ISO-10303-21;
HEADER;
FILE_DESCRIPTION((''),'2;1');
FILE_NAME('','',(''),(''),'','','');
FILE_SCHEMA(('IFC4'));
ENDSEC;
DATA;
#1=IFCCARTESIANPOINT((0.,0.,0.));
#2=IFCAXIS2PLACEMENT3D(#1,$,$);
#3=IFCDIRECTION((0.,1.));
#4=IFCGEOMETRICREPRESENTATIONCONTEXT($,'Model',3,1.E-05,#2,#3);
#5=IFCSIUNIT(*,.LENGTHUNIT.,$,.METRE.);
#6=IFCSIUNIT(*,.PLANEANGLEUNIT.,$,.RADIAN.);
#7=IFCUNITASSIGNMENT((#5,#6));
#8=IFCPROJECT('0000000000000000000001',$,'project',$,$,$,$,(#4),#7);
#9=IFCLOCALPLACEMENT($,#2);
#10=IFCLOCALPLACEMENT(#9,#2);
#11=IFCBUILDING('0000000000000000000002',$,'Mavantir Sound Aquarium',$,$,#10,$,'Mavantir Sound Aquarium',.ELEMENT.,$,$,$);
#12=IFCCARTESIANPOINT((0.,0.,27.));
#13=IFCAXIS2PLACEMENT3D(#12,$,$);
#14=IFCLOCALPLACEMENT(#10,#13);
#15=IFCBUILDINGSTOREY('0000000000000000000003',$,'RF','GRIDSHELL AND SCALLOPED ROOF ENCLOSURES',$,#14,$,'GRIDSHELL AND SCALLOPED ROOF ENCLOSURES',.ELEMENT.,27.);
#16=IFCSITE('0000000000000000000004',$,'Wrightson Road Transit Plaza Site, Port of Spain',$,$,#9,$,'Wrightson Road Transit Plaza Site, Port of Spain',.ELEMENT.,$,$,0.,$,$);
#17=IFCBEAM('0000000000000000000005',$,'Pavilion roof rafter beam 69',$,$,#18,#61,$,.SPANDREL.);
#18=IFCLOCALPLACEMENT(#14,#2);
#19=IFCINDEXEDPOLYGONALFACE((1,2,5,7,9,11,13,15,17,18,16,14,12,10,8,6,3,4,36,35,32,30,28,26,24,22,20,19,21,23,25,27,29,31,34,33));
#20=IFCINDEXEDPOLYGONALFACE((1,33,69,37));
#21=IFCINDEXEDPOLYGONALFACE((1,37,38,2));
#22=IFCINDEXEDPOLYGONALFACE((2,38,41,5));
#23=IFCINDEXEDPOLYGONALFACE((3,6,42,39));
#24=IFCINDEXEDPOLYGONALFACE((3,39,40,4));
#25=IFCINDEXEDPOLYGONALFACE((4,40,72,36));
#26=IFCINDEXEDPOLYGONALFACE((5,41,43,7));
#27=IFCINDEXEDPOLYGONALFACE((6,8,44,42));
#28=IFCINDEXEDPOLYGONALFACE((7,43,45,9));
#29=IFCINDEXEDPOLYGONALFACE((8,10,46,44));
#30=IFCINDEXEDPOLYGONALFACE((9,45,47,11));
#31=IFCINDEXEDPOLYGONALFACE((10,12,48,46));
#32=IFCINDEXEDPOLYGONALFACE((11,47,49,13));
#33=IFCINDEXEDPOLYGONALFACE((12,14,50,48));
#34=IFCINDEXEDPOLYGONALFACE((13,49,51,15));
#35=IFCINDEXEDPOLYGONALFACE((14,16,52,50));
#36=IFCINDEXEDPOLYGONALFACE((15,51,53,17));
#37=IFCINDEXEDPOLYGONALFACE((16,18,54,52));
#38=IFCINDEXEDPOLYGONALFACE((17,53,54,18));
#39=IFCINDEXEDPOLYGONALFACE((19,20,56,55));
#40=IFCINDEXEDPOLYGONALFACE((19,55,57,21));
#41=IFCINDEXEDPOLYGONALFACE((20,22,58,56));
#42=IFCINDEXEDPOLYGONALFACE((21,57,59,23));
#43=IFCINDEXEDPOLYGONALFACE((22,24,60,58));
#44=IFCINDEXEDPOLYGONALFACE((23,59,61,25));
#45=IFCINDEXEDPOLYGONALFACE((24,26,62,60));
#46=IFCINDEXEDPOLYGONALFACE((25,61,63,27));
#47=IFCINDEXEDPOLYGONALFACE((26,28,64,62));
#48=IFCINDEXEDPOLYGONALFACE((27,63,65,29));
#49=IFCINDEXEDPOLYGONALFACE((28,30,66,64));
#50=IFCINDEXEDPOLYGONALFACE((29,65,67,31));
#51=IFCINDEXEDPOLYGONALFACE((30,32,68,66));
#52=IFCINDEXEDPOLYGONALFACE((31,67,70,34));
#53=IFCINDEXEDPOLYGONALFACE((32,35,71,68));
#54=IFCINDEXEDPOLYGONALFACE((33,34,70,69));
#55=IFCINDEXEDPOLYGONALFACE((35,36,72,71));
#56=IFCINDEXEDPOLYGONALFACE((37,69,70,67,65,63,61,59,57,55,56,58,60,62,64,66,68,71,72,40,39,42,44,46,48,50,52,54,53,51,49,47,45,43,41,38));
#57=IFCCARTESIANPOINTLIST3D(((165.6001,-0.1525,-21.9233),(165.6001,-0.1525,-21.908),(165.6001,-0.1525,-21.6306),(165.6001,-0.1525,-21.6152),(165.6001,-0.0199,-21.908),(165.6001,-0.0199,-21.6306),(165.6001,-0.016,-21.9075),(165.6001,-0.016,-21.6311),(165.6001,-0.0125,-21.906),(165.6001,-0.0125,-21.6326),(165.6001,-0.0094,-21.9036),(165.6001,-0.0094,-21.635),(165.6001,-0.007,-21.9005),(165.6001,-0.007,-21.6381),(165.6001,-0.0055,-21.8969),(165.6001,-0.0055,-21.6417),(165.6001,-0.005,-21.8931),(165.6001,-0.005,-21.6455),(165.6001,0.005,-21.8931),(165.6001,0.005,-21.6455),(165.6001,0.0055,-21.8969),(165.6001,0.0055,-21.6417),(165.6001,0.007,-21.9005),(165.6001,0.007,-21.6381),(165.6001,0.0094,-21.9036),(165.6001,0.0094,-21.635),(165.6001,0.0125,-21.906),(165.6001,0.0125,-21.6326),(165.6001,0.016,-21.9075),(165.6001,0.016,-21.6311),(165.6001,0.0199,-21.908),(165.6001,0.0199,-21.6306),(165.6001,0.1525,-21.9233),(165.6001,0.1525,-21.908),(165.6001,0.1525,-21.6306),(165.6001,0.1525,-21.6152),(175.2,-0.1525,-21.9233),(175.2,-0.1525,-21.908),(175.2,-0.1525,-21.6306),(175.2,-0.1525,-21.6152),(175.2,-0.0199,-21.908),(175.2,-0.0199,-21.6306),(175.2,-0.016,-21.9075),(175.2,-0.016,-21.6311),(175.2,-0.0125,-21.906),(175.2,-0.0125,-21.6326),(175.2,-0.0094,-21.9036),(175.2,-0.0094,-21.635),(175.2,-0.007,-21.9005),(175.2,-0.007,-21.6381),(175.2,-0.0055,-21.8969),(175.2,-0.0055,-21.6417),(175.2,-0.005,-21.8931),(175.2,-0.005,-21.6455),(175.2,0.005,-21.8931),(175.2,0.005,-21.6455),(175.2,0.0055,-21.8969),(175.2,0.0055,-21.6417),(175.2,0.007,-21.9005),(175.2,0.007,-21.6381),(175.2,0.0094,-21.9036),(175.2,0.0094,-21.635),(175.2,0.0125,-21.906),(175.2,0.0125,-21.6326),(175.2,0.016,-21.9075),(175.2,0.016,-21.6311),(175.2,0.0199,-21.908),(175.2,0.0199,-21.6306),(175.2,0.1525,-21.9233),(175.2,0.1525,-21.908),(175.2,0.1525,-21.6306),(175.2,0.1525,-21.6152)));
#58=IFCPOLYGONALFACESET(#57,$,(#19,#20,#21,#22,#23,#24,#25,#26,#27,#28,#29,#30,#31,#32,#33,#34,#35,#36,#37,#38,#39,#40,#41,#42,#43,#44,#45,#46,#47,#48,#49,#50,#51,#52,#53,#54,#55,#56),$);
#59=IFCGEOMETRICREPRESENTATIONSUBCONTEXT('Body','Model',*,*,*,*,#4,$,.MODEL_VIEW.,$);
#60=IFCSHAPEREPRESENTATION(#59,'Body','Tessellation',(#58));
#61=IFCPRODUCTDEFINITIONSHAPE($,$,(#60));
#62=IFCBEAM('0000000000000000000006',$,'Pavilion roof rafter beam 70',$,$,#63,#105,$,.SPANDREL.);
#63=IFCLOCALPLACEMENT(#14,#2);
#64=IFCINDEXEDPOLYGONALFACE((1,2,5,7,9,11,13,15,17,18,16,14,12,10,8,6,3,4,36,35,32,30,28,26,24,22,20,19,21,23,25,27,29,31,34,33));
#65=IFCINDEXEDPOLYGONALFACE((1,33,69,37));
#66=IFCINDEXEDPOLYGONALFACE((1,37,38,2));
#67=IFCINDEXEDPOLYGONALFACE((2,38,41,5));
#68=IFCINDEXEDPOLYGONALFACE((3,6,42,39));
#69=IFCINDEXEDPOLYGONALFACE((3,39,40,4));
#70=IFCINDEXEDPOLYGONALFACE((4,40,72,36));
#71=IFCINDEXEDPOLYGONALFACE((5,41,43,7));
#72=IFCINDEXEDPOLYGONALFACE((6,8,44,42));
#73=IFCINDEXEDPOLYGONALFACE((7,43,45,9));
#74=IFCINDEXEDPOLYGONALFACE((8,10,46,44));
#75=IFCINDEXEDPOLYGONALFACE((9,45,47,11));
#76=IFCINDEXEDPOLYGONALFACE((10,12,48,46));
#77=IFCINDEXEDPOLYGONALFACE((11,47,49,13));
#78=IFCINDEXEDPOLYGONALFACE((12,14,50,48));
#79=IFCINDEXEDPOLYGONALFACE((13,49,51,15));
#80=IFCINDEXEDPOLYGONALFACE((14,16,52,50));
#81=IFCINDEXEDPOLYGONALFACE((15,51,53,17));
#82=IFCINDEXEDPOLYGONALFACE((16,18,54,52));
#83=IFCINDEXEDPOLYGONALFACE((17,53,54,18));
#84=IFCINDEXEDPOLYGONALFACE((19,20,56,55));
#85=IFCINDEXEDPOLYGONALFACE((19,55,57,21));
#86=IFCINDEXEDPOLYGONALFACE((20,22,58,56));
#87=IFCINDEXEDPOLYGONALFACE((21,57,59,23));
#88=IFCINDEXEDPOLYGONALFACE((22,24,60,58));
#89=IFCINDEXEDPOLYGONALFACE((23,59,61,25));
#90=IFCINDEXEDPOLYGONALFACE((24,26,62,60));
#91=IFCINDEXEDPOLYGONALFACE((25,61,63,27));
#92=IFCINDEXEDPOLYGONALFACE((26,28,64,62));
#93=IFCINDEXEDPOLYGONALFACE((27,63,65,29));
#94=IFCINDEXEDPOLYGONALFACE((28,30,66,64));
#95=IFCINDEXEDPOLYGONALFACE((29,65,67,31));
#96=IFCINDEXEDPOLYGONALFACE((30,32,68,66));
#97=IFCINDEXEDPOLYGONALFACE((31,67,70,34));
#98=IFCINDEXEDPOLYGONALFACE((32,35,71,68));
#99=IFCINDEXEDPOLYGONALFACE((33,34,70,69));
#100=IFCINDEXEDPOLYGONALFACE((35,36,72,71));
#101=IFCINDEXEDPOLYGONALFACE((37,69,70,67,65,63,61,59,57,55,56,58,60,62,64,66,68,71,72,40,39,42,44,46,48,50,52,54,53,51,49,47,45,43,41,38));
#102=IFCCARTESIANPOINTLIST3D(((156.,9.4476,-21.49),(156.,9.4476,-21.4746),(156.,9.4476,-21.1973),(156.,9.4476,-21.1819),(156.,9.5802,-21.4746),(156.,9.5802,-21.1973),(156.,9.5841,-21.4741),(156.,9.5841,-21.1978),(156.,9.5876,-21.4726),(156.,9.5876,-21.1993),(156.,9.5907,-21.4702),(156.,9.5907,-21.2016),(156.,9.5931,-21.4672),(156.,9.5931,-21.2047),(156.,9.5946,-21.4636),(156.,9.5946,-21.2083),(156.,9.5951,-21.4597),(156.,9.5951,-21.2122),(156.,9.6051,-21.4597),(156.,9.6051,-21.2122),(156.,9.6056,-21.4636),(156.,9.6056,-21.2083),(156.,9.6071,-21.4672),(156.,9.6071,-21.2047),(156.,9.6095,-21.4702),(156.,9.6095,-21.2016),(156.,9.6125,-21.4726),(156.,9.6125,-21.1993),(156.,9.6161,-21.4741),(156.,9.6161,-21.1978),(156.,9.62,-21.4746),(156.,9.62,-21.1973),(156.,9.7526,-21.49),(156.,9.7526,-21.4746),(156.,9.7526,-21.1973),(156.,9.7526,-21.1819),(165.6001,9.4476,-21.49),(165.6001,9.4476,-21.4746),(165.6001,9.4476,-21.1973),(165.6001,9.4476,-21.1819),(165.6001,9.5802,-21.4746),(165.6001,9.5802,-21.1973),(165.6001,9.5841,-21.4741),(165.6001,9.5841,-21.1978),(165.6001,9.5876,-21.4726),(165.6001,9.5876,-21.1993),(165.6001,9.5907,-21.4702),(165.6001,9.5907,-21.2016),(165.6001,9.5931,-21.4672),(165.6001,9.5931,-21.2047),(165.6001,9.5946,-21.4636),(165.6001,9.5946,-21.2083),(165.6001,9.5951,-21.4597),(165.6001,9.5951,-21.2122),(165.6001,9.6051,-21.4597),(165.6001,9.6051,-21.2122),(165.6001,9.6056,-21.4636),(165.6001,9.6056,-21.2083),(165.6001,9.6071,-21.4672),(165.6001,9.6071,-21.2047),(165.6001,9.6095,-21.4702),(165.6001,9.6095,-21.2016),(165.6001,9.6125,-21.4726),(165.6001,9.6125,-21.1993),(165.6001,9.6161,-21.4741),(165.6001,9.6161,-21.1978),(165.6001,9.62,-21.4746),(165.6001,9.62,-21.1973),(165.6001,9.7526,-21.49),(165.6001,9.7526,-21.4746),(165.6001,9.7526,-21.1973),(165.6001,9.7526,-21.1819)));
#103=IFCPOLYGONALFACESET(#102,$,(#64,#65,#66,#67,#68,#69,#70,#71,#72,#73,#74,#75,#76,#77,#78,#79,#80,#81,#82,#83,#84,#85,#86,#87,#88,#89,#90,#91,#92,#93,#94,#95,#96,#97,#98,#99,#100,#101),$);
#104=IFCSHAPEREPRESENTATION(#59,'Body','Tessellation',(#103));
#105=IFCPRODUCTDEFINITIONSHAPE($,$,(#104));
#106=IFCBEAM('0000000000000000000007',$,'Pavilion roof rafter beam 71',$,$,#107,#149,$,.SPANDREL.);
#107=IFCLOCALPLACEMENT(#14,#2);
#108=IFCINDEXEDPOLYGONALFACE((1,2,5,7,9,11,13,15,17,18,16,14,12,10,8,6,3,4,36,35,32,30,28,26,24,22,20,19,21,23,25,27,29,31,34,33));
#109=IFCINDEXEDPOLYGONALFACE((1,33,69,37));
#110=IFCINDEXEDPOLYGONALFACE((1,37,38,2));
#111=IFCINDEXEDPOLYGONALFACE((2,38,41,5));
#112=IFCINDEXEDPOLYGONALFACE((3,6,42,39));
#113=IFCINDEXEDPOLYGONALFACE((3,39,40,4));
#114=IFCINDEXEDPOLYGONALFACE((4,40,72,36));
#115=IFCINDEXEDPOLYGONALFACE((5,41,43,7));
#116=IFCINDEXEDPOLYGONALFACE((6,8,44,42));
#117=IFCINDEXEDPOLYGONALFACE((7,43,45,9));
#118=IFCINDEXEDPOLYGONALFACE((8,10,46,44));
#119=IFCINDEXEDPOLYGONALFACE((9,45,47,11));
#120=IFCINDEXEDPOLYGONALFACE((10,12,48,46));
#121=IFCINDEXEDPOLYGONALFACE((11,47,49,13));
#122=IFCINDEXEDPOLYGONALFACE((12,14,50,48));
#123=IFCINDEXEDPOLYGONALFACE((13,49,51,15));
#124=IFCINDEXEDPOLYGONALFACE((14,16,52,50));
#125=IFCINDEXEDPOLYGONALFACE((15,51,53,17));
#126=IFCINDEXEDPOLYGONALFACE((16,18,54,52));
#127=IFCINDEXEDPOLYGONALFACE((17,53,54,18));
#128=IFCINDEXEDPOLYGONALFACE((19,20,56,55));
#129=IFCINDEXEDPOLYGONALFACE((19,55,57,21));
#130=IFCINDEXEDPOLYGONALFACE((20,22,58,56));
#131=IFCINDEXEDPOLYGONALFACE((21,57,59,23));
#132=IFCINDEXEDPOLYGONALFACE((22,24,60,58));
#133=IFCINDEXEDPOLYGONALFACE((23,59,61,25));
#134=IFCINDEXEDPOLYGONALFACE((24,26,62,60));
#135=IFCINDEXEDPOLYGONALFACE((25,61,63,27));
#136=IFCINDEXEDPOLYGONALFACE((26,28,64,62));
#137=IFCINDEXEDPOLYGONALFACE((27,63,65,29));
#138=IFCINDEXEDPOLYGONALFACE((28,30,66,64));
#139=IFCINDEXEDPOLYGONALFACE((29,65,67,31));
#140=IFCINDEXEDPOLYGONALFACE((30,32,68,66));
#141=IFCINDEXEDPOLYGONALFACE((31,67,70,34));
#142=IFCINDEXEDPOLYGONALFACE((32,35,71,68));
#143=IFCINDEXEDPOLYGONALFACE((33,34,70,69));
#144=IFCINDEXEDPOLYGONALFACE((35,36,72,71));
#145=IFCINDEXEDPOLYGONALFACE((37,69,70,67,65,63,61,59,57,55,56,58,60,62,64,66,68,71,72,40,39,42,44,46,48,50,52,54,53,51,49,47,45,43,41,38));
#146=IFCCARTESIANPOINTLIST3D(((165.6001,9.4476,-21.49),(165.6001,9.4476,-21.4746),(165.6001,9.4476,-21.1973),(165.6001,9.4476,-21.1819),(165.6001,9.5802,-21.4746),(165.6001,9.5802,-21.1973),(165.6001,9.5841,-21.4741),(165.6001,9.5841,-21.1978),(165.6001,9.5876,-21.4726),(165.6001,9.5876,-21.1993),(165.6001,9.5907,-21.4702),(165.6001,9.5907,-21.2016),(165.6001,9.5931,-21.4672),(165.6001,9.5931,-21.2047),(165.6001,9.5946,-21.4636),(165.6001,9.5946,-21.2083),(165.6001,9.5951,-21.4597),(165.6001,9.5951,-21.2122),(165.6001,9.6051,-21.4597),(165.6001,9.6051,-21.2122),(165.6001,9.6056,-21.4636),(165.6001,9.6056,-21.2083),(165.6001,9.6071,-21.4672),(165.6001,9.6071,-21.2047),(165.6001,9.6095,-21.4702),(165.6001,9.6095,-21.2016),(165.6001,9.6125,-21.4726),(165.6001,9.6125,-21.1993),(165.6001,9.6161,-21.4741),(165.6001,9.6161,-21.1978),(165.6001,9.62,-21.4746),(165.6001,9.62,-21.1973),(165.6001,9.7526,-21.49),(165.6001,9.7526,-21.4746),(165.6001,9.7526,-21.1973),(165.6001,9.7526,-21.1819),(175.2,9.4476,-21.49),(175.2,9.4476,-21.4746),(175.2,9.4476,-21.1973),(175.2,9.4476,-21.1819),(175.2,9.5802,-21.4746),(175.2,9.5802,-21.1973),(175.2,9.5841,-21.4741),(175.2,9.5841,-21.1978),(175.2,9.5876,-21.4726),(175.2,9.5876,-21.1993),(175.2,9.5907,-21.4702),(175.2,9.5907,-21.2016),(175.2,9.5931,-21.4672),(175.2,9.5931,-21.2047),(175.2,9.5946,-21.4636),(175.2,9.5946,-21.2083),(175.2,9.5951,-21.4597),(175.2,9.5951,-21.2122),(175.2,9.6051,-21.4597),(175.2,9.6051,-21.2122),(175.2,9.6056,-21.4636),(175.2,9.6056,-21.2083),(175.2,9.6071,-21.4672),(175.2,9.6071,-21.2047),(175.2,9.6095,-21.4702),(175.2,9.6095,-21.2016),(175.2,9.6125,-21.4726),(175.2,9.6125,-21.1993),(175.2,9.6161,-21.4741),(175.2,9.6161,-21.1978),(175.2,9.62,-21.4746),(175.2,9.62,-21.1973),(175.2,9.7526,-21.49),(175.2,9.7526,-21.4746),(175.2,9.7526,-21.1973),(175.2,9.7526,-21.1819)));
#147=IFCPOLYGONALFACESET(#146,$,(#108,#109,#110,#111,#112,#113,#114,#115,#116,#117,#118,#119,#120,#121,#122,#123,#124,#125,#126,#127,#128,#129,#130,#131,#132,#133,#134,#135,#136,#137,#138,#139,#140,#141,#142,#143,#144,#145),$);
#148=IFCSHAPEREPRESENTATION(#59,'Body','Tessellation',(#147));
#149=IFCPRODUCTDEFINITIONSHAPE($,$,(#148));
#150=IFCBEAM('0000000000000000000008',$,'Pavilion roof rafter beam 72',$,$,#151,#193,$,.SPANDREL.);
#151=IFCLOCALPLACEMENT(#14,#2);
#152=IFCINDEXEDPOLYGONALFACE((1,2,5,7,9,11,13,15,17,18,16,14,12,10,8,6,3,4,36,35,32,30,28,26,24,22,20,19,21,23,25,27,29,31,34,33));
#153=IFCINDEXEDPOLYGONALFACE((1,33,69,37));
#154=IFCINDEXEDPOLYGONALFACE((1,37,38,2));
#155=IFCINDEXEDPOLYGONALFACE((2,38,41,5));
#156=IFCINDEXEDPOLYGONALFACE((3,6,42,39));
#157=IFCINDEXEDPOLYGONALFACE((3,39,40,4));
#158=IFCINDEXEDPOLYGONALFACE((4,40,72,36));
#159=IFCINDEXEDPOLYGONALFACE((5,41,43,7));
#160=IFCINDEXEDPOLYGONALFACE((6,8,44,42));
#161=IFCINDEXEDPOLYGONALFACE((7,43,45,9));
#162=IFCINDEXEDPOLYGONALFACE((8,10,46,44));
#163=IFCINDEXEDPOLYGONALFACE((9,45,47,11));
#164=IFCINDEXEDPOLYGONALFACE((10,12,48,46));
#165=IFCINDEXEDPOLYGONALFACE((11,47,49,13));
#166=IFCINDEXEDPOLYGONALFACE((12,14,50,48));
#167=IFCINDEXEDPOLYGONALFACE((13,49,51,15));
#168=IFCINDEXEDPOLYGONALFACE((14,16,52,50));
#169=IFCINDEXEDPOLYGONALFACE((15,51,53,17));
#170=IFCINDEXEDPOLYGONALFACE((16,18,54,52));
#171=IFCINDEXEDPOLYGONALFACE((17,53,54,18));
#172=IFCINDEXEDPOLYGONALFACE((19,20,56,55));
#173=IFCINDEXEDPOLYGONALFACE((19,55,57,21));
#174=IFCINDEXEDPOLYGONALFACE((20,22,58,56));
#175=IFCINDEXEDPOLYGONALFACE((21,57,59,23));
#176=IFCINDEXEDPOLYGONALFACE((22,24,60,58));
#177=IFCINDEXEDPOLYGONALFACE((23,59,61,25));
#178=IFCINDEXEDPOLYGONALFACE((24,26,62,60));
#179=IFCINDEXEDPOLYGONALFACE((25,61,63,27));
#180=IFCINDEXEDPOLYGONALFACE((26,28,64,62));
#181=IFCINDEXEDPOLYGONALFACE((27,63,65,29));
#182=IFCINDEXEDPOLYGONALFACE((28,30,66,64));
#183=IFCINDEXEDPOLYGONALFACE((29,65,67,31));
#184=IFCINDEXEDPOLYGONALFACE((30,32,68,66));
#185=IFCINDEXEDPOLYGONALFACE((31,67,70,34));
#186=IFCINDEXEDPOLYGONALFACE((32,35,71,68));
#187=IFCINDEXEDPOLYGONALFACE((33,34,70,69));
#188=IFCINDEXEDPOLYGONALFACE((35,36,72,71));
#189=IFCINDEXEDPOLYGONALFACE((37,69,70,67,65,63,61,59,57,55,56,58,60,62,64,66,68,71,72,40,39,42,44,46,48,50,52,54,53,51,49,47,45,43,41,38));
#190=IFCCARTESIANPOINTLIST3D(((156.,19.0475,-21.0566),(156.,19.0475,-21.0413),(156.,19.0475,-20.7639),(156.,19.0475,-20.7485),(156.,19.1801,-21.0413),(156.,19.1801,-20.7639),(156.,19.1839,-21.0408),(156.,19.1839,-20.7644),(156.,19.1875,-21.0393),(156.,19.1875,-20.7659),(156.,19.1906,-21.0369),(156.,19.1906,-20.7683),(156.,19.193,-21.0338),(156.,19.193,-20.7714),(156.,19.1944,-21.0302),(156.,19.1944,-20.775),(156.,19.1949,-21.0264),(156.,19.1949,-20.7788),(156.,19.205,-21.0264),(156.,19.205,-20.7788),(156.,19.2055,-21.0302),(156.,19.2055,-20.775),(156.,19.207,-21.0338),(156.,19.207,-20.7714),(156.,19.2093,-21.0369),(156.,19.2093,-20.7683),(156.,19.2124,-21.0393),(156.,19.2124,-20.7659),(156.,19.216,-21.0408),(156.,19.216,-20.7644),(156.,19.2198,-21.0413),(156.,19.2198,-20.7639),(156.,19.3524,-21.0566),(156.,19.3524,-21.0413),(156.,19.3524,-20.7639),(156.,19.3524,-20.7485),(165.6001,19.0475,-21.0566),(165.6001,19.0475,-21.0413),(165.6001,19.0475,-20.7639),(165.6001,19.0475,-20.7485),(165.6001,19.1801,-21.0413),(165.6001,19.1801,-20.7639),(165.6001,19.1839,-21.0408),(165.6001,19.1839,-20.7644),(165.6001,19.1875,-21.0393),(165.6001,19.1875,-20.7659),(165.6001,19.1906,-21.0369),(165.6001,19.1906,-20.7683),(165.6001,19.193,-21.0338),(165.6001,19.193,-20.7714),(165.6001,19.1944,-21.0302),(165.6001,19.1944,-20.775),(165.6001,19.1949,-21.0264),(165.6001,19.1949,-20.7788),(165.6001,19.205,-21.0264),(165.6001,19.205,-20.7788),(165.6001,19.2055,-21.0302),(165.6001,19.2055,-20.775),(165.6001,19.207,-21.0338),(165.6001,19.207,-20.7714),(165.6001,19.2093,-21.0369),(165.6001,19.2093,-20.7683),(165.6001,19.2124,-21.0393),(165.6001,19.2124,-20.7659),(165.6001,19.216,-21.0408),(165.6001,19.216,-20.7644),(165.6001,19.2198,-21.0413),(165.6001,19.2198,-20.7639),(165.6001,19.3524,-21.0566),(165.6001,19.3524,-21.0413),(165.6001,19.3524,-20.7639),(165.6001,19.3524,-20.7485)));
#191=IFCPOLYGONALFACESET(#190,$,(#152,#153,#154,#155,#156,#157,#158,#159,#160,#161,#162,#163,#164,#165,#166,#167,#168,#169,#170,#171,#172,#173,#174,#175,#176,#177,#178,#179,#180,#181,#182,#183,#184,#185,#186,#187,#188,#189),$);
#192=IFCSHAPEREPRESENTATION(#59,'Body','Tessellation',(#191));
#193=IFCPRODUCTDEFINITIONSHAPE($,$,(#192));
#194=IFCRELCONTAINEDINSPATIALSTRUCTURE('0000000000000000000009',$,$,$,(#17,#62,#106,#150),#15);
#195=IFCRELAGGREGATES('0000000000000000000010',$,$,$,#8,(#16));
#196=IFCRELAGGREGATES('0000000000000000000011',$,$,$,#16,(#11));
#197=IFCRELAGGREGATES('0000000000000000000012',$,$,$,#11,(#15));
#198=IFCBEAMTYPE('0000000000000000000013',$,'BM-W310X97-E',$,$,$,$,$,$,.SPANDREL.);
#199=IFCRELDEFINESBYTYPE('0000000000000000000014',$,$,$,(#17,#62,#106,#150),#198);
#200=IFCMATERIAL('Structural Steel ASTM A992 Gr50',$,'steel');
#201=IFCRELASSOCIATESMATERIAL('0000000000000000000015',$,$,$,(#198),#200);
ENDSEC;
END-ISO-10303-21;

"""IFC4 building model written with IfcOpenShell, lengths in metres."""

from ifc_helpers import new_model, si_unit, direction, frame, origin, origin_2d, place, context, subcontext, project, spatial, i_section, extrude, material, material_profile, profile_set, type_object, element, save


model = new_model("IFC4")

# Units and contexts
model_context = context("Model", 3, precision=1e-05, world=origin(), true_north=direction((0.0, 1.0)))
body_context = subcontext(model_context, "Body", "Model", "MODEL_VIEW")
ifc_project = project(units=[si_unit("LENGTHUNIT", "METRE"), si_unit("PLANEANGLEUNIT", "RADIAN")], contexts=[model_context])

# Site, building, storey
site_placement = place(None, origin())
site = spatial("IfcSite", under=ifc_project, at=site_placement, Name="Wrightson Road Transit Plaza Site, Port of Spain", LongName="Wrightson Road Transit Plaza Site, Port of Spain", CompositionType="ELEMENT", RefElevation=0.0)
building_placement = place(site_placement, origin())
building = spatial("IfcBuilding", under=site, at=building_placement, Name="Mavantir Sound Aquarium", LongName="Mavantir Sound Aquarium", CompositionType="ELEMENT")
storey_placement = place(building_placement, frame((0.0, 0.0, 27.0)))
storey = spatial("IfcBuildingStorey", under=building, at=storey_placement, Name="RF", Description="GRIDSHELL AND SCALLOPED ROOF ENCLOSURES", LongName="GRIDSHELL AND SCALLOPED ROOF ENCLOSURES", CompositionType="ELEMENT", Elevation=27.0)

# Beams
ifc_material_1 = material(Name="Structural Steel ASTM A992 Gr50", Category="steel")
ifc_material_profile_1 = material_profile(ifc_material_1, i_section(OverallWidth=0.3049, OverallDepth=0.3081, WebThickness=0.01, FlangeThickness=0.0154, FilletRadius=0.0149, at=origin_2d()), Name="W310X97")
ifc_profile_set_1 = profile_set([ifc_material_profile_1], Name="Structural Steel ASTM A992 Gr50")
beam_type_1 = type_object("IfcBeamType", Name="BM-W310X97-E", PredefinedType="SPANDREL", material=ifc_profile_set_1)
beam_1_placement = place(storey_placement, frame((165.6001, 0.0, -21.7693), z_axis=(1.0, 0.0, 0.0), x_axis=(0.0, 1.0, 0.0)))
element("IfcBeam", 1, at=beam_1_placement, inside=storey, type_object=beam_type_1, Name="Pavilion roof rafter beam 69", PredefinedType="SPANDREL", context=body_context, shape_type="SweptSolid", body=[
    extrude(i_section(OverallWidth=0.3049, OverallDepth=0.3081, WebThickness=0.01, FlangeThickness=0.0154, FilletRadius=0.0149, at=origin_2d()), origin(), (0.0, 0.0, 1.0), 9.5999),
])
beam_2_placement = place(storey_placement, frame((156.0, 9.6001, -21.3359), z_axis=(1.0, 0.0, 0.0), x_axis=(0.0, 1.0, 0.0)))
element("IfcBeam", 2, at=beam_2_placement, inside=storey, type_object=beam_type_1, Name="Pavilion roof rafter beam 70", PredefinedType="SPANDREL", context=body_context, shape_type="SweptSolid", body=[
    extrude(i_section(OverallWidth=0.3049, OverallDepth=0.3081, WebThickness=0.01, FlangeThickness=0.0154, FilletRadius=0.0149, at=origin_2d()), origin(), (0.0, 0.0, 1.0), 9.6001),
])
beam_3_placement = place(storey_placement, frame((165.6001, 9.6001, -21.3359), z_axis=(1.0, 0.0, 0.0), x_axis=(0.0, 1.0, 0.0)))
element("IfcBeam", 3, at=beam_3_placement, inside=storey, type_object=beam_type_1, Name="Pavilion roof rafter beam 71", PredefinedType="SPANDREL", context=body_context, shape_type="SweptSolid", body=[
    extrude(i_section(OverallWidth=0.3049, OverallDepth=0.3081, WebThickness=0.01, FlangeThickness=0.0154, FilletRadius=0.0149, at=origin_2d()), origin(), (0.0, 0.0, 1.0), 9.5999),
])
beam_4_placement = place(storey_placement, frame((156.0, 19.2, -20.9026), z_axis=(1.0, 0.0, 0.0), x_axis=(0.0, 1.0, 0.0)))
element("IfcBeam", 4, at=beam_4_placement, inside=storey, type_object=beam_type_1, Name="Pavilion roof rafter beam 72", PredefinedType="SPANDREL", context=body_context, shape_type="SweptSolid", body=[
    extrude(i_section(OverallWidth=0.3049, OverallDepth=0.3081, WebThickness=0.01, FlangeThickness=0.0154, FilletRadius=0.0149, at=origin_2d()), origin(), (0.0, 0.0, 1.0), 9.6001),
])

save(model, "model.ifc")
